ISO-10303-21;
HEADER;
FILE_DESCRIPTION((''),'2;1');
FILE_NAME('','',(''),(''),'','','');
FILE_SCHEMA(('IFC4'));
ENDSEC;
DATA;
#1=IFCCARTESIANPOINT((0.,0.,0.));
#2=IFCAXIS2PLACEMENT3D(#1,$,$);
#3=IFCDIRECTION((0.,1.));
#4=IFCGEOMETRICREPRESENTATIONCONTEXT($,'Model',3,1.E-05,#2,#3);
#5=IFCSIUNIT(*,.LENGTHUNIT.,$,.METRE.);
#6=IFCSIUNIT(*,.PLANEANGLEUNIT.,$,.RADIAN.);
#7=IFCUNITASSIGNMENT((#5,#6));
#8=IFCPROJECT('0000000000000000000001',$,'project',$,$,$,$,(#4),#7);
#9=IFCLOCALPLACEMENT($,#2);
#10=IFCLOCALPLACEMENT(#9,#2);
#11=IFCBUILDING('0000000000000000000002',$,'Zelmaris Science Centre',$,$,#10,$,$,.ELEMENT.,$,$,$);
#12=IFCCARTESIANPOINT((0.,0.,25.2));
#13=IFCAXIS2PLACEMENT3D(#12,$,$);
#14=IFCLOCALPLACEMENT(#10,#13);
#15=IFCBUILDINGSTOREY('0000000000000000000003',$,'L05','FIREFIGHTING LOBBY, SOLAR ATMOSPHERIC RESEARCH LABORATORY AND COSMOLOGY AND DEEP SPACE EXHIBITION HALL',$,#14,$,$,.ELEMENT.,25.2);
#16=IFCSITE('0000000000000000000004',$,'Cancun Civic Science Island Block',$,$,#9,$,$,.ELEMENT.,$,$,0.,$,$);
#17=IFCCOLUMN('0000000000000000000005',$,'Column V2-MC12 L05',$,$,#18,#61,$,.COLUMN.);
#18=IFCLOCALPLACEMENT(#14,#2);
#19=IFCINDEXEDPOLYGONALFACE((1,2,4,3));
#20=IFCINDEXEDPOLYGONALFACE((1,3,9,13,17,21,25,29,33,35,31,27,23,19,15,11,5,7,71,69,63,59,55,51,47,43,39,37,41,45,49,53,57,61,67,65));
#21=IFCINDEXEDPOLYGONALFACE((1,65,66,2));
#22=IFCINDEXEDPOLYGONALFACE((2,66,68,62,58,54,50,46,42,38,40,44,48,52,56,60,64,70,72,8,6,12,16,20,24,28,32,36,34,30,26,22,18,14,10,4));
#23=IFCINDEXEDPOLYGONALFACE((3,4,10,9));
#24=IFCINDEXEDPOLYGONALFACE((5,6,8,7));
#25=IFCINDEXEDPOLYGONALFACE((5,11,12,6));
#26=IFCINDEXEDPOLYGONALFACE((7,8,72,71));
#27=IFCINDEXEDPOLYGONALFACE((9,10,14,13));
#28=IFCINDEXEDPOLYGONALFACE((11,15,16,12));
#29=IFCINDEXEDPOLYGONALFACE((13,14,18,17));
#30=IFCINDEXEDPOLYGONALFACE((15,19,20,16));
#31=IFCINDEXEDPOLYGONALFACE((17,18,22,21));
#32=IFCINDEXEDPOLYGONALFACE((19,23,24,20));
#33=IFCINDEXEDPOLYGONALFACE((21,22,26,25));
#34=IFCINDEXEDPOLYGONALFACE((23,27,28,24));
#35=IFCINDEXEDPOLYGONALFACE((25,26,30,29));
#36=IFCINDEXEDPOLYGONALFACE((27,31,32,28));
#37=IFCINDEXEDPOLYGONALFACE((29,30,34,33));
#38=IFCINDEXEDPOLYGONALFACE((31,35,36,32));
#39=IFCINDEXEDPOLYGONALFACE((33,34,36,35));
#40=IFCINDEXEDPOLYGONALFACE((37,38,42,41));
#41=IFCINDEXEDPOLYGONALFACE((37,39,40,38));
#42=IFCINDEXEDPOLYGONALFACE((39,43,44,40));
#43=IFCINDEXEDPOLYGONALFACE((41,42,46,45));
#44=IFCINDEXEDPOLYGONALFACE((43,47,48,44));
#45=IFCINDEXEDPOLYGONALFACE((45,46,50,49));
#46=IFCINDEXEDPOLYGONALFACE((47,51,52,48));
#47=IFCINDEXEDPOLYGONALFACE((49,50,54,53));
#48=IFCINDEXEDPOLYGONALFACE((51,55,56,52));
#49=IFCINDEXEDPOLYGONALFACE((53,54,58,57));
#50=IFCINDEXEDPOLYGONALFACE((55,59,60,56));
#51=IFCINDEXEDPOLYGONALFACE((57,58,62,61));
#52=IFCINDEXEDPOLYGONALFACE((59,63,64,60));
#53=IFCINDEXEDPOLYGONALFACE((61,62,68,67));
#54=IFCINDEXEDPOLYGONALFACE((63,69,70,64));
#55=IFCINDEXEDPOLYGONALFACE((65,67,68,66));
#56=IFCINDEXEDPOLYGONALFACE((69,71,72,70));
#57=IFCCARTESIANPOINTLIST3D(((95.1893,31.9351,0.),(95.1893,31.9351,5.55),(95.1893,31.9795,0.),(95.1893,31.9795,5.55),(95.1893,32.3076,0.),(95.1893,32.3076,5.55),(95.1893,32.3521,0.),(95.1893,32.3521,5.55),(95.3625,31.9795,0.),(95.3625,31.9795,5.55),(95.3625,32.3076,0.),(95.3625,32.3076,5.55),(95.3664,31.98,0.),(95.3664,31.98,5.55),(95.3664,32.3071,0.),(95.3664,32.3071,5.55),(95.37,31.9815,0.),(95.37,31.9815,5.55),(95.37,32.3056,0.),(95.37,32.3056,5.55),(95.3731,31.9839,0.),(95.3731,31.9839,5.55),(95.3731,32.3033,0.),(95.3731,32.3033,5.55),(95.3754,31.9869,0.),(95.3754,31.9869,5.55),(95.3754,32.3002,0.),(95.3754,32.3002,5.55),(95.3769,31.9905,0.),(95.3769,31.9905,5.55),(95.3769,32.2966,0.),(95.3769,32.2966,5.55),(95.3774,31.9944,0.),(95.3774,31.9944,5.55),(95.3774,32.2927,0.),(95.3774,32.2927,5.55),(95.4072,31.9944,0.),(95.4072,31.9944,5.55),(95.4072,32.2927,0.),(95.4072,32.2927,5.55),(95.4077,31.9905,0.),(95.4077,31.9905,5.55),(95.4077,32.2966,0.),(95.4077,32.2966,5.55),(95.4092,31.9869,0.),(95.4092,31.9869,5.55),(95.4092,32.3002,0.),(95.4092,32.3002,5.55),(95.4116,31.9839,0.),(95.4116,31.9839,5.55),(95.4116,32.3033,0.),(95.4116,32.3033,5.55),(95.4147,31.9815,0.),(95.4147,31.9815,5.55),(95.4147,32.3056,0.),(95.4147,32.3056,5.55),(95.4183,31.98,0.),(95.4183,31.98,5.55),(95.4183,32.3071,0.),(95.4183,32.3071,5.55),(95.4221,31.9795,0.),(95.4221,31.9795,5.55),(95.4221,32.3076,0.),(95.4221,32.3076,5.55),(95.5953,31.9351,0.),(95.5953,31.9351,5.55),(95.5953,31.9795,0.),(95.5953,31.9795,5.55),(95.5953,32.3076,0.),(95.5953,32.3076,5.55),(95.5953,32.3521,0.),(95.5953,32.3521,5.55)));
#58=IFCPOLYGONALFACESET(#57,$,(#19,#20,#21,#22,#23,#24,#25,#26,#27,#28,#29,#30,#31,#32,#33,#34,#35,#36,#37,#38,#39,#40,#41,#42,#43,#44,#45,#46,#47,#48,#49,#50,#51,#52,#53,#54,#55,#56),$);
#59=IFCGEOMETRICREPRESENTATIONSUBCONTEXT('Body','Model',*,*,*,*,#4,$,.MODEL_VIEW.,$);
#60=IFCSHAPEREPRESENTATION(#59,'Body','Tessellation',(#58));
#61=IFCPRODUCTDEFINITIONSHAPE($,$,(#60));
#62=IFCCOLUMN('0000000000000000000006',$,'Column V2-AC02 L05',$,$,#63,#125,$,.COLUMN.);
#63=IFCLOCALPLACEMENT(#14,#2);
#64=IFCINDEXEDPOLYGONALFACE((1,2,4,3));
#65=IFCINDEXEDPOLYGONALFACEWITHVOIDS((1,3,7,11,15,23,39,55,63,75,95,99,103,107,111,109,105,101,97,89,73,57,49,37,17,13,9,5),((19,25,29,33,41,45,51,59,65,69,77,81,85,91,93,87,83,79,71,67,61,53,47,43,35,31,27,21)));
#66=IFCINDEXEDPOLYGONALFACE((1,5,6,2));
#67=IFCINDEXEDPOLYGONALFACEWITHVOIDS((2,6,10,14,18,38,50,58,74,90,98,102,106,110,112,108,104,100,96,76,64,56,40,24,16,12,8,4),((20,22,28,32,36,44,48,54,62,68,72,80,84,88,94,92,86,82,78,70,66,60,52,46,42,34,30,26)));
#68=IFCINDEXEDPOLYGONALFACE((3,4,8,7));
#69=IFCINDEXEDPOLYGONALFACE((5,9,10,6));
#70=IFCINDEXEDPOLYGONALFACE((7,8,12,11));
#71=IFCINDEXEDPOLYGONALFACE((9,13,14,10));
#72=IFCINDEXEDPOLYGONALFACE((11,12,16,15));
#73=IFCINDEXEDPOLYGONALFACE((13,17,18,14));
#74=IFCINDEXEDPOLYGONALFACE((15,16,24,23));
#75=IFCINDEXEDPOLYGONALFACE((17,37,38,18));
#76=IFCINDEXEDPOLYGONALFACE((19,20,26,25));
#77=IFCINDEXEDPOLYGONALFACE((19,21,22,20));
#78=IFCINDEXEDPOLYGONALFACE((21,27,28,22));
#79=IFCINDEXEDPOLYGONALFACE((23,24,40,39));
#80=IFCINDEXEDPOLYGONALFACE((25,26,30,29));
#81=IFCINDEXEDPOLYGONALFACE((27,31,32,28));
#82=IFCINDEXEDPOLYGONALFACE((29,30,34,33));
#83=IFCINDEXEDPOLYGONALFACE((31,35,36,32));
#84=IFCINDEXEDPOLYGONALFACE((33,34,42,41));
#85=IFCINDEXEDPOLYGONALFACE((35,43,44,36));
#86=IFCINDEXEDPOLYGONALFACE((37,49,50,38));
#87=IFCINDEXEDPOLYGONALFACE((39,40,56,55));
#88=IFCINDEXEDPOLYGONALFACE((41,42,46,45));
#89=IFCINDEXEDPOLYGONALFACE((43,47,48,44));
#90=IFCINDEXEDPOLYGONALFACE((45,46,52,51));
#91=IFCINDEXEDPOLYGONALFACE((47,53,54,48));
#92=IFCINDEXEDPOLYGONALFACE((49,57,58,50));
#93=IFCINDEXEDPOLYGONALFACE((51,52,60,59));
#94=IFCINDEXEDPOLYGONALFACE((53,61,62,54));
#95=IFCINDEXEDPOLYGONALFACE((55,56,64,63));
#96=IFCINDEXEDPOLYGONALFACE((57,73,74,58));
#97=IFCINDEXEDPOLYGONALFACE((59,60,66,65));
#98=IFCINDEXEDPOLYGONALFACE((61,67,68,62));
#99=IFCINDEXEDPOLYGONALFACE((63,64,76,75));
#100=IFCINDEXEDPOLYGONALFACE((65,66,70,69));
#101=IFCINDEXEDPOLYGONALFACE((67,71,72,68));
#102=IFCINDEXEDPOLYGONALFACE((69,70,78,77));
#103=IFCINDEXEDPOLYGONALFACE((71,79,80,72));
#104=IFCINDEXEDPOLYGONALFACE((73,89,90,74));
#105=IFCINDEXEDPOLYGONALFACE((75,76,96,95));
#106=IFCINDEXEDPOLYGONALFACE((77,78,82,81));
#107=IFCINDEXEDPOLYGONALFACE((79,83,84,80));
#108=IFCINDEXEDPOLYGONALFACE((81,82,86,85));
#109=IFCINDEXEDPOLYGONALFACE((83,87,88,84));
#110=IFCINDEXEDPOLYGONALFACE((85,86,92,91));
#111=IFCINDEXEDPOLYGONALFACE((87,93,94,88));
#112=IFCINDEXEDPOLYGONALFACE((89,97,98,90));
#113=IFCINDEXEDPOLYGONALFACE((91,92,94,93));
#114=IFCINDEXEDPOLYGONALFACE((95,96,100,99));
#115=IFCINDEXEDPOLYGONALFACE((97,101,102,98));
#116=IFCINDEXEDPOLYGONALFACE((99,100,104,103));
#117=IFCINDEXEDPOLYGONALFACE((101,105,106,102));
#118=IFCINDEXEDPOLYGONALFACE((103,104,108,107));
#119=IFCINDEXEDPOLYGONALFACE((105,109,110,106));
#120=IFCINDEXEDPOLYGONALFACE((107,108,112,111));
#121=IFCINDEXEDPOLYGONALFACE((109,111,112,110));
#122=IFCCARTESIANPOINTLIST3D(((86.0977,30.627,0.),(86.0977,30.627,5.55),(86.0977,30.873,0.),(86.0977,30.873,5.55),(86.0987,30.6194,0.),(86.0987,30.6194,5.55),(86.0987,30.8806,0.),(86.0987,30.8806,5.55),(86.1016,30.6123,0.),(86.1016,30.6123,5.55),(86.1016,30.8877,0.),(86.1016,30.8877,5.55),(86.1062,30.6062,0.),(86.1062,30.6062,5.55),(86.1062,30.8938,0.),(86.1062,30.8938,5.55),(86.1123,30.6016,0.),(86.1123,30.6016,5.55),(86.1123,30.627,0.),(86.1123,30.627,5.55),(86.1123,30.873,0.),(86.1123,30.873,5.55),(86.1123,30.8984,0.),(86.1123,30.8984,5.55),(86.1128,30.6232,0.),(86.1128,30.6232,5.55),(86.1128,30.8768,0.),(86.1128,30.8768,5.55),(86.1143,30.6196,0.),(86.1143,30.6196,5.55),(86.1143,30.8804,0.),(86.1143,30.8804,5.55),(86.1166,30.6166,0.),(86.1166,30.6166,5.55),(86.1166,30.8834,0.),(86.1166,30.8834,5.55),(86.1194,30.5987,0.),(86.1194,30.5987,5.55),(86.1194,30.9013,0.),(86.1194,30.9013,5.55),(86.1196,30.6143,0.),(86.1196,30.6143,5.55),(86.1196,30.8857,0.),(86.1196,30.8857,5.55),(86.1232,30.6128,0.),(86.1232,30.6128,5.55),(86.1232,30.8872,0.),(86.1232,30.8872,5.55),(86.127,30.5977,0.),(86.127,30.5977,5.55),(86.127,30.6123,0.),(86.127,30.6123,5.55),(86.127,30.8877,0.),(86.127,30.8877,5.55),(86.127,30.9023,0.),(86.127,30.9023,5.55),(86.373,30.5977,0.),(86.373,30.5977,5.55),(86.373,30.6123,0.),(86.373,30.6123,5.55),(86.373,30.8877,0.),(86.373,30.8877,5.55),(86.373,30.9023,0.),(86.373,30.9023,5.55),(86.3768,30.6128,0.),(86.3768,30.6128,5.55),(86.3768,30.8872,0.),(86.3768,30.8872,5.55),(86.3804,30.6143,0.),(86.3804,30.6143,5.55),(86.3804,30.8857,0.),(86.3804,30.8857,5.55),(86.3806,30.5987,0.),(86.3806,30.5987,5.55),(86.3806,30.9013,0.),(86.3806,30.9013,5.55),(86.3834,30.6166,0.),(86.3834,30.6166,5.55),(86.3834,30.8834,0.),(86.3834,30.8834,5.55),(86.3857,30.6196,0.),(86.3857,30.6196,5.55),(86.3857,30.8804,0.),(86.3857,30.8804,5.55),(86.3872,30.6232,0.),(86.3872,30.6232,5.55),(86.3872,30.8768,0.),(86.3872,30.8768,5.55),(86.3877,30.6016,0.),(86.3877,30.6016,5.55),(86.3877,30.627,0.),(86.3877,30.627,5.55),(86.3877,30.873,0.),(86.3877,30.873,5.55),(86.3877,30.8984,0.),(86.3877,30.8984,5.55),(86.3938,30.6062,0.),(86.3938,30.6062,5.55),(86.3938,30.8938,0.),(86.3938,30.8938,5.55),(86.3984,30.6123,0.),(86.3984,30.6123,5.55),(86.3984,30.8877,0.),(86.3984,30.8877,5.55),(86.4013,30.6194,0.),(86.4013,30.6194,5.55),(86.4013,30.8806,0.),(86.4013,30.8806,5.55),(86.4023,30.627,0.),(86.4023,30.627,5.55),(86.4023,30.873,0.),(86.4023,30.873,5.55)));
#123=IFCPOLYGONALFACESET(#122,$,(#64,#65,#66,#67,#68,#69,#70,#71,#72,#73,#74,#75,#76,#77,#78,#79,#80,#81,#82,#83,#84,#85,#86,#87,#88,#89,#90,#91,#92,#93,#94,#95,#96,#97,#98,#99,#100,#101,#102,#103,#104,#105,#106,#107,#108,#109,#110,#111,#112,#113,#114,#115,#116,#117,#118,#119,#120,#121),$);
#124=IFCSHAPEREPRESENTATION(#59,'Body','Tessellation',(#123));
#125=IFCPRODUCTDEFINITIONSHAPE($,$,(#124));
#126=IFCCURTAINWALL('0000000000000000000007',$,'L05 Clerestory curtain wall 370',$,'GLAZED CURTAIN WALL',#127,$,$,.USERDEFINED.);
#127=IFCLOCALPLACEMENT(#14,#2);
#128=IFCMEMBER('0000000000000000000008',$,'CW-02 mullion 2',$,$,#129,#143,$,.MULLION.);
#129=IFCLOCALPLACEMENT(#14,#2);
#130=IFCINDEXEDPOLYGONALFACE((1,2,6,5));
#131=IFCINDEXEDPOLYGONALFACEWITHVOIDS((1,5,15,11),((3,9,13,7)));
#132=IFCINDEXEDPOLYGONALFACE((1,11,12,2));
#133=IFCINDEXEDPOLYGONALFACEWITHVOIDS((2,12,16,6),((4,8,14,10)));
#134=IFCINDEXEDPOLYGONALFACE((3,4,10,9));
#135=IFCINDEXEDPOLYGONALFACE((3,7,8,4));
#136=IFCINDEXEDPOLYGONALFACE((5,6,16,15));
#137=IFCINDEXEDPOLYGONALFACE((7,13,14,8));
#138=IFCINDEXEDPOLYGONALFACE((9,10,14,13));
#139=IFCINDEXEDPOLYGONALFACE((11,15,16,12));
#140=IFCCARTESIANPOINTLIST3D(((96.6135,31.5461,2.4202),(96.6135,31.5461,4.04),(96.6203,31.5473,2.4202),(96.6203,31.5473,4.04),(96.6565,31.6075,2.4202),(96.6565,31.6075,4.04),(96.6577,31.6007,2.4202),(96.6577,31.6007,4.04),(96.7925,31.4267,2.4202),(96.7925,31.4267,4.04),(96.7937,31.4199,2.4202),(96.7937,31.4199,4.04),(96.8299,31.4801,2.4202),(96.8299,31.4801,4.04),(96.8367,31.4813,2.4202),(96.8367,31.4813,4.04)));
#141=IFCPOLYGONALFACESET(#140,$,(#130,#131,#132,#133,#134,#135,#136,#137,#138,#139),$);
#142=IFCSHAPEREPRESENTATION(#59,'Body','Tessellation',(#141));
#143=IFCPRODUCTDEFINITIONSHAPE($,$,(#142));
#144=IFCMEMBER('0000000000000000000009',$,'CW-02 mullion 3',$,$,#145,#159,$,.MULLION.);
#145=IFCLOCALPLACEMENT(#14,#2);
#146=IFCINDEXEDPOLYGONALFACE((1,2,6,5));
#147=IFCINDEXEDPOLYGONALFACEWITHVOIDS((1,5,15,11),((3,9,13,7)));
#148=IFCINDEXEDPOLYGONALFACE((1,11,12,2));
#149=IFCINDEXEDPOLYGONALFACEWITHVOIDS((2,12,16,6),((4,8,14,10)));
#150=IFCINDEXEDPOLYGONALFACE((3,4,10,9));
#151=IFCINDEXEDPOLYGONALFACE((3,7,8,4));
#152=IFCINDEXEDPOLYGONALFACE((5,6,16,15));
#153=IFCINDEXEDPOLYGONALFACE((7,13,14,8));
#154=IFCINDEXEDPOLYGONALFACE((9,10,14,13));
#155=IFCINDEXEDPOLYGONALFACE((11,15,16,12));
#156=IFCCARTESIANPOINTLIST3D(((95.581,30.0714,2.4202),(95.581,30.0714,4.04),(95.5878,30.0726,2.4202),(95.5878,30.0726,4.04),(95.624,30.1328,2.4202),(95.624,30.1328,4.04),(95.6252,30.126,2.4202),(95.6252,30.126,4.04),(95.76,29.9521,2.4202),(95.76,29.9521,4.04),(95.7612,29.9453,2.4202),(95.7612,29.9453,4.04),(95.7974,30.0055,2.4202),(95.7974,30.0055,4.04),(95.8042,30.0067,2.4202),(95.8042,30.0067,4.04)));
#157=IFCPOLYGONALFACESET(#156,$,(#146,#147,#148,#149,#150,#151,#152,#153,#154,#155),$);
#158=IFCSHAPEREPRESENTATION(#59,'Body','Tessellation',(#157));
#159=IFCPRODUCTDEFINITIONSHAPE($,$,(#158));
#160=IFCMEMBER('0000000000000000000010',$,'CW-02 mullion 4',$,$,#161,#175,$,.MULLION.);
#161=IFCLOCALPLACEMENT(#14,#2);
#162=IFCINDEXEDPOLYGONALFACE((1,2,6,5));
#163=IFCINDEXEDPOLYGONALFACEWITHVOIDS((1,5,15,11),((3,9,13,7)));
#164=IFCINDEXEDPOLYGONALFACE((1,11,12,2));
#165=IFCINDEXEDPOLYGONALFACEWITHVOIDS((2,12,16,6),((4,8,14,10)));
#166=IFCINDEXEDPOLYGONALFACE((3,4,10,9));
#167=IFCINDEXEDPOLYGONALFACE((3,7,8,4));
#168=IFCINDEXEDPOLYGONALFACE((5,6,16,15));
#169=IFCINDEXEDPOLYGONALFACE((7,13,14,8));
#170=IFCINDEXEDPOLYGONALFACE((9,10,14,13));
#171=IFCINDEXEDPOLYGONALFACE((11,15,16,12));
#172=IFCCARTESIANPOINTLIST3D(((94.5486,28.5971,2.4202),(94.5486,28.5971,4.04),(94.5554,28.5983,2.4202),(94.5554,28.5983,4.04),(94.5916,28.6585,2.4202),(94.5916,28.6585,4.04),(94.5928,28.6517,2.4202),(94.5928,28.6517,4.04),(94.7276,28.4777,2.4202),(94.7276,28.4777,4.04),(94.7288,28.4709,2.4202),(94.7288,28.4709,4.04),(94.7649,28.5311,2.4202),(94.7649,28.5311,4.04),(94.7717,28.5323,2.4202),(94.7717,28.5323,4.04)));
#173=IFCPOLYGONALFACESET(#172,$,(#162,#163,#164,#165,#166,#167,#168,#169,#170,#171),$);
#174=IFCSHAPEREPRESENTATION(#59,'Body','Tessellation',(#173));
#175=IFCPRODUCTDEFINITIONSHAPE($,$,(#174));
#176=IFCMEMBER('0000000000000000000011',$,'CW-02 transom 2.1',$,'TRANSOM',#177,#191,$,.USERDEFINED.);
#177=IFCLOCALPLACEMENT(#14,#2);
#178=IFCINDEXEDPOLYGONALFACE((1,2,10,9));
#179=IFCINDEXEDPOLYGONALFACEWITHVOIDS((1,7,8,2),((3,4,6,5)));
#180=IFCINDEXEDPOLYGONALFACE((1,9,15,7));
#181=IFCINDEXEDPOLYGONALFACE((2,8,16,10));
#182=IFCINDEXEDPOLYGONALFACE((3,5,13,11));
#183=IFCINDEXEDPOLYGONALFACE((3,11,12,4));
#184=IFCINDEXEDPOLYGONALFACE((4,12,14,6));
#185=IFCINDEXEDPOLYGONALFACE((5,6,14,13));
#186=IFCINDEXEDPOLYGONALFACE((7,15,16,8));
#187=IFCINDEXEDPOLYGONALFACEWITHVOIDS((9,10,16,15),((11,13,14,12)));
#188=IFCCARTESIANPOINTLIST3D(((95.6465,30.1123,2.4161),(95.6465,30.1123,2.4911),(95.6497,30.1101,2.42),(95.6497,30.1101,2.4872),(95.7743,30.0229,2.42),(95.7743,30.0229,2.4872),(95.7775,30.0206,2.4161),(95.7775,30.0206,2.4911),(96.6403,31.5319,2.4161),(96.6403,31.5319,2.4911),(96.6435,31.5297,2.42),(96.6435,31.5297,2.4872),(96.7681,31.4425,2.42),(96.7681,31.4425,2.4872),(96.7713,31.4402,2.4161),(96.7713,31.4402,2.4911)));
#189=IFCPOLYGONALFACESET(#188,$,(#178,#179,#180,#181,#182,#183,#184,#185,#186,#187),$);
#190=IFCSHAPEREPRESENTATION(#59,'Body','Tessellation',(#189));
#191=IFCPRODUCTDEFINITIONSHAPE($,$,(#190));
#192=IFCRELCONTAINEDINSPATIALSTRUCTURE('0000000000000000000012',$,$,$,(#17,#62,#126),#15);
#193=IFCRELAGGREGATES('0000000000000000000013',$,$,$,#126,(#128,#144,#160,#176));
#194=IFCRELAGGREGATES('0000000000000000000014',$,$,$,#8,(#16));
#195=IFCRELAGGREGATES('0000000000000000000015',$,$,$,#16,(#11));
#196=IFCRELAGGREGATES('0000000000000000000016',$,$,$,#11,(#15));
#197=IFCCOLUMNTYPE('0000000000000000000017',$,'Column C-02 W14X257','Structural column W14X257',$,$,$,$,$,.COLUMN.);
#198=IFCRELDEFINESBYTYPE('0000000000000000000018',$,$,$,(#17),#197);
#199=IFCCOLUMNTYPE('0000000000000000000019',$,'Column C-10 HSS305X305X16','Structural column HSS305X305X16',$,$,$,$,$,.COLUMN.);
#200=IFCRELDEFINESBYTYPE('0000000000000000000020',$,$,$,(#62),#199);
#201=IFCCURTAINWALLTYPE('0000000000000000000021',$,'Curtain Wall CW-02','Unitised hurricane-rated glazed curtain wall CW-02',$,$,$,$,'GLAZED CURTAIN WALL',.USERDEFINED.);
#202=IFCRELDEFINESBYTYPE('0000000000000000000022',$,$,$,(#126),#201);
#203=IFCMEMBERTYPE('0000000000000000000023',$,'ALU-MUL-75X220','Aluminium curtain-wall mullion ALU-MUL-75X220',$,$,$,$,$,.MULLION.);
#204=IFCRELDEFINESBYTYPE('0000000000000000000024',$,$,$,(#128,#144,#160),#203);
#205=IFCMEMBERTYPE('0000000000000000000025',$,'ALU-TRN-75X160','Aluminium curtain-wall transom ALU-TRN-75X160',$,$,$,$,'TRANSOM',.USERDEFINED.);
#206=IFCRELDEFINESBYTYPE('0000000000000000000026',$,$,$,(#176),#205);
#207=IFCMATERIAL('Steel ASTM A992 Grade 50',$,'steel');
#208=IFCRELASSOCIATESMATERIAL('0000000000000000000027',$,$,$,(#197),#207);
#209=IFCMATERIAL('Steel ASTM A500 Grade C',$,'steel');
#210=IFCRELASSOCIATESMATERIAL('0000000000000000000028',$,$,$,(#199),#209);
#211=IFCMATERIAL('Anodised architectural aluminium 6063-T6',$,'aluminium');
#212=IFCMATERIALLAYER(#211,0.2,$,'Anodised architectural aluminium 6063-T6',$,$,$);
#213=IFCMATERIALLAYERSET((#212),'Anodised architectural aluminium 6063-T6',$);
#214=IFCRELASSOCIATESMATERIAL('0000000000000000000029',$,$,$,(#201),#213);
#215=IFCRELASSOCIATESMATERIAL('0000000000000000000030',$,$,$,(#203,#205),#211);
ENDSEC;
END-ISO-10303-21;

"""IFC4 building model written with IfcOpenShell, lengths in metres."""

from ifc_helpers import new_model, si_unit, direction, frame, origin, origin_2d, place, context, subcontext, project, spatial, hollow_rectangle, i_section, extrude, material, layer, layer_set, material_profile, profile_set, type_object, element, aggregate, save


model = new_model("IFC4")

# Units and contexts
model_context = context("Model", 3, precision=1e-05, world=origin(), true_north=direction((0.0, 1.0)))
body_context = subcontext(model_context, "Body", "Model", "MODEL_VIEW")
ifc_project = project(units=[si_unit("LENGTHUNIT", "METRE"), si_unit("PLANEANGLEUNIT", "RADIAN")], contexts=[model_context])

# Site, building, storey
site_placement = place(None, origin())
site = spatial("IfcSite", under=ifc_project, at=site_placement, Name="Cancun Civic Science Island Block", CompositionType="ELEMENT", RefElevation=0.0)
building_placement = place(site_placement, origin())
building = spatial("IfcBuilding", under=site, at=building_placement, Name="Zelmaris Science Centre", CompositionType="ELEMENT")
storey_placement = place(building_placement, frame((0.0, 0.0, 25.2)))
storey = spatial("IfcBuildingStorey", under=building, at=storey_placement, Name="L05", Description="FIREFIGHTING LOBBY, SOLAR ATMOSPHERIC RESEARCH LABORATORY AND COSMOLOGY AND DEEP SPACE EXHIBITION HALL", CompositionType="ELEMENT", Elevation=25.2)

# Columns
ifc_material_1 = material(Name="Steel ASTM A992 Grade 50", Category="steel")
ifc_material_profile_1 = material_profile(ifc_material_1, i_section(OverallWidth=0.406, OverallDepth=0.417, WebThickness=0.0298, FlangeThickness=0.0444, FilletRadius=0.0149, at=origin_2d()), Name="W14X257")
ifc_profile_set_1 = profile_set([ifc_material_profile_1], Name="Steel ASTM A992 Grade 50")
column_type_1 = type_object("IfcColumnType", Name="Column C-02 W14X257", Description="Structural column W14X257", PredefinedType="COLUMN", material=ifc_profile_set_1)
column_1_placement = place(storey_placement, frame((95.3923, 32.1436, 0.0), z_axis=(0.0, 0.0, 1.0), x_axis=(1.0, 0.0, 0.0)))
element("IfcColumn", 1, at=column_1_placement, inside=storey, type_object=column_type_1, Name="Column V2-MC12 L05", PredefinedType="COLUMN", context=body_context, shape_type="SweptSolid", body=[
    extrude(i_section(OverallWidth=0.406, OverallDepth=0.417, WebThickness=0.0298, FlangeThickness=0.0444, FilletRadius=0.0149, at=origin_2d()), origin(), (0.0, 0.0, 1.0), 5.55),
])
ifc_material_2 = material(Name="Steel ASTM A500 Grade C", Category="steel")
ifc_material_profile_2 = material_profile(ifc_material_2, hollow_rectangle(XDim=0.3047, YDim=0.3047, WallThickness=0.0146, InnerFilletRadius=0.0146, OuterFilletRadius=0.0293, at=origin_2d()), Name="HSS305X305X16")
ifc_profile_set_2 = profile_set([ifc_material_profile_2], Name="Steel ASTM A500 Grade C")
column_type_2 = type_object("IfcColumnType", Name="Column C-10 HSS305X305X16", Description="Structural column HSS305X305X16", PredefinedType="COLUMN", material=ifc_profile_set_2)
column_2_placement = place(storey_placement, frame((86.25, 30.75, 0.0), z_axis=(0.0, 0.0, 1.0), x_axis=(1.0, 0.0, 0.0)))
element("IfcColumn", 2, at=column_2_placement, inside=storey, type_object=column_type_2, Name="Column V2-AC02 L05", PredefinedType="COLUMN", context=body_context, shape_type="SweptSolid", body=[
    extrude(hollow_rectangle(XDim=0.3047, YDim=0.3047, WallThickness=0.0146, InnerFilletRadius=0.0146, OuterFilletRadius=0.0293, at=origin_2d()), origin(), (0.0, 0.0, 1.0), 5.55),
])

# Curtain wall, members
ifc_material_3 = material(Name="Anodised architectural aluminium 6063-T6", Category="aluminium")
ifc_layer_1 = layer(ifc_material_3, 0.2, Name="Anodised architectural aluminium 6063-T6")
ifc_layer_set_1 = layer_set([ifc_layer_1], Name="Anodised architectural aluminium 6063-T6")
curtain_wall_type = type_object("IfcCurtainWallType", Name="Curtain Wall CW-02", Description="Unitised hurricane-rated glazed curtain wall CW-02", ElementType="GLAZED CURTAIN WALL", PredefinedType="USERDEFINED", material=ifc_layer_set_1)
curtain_wall_placement = place(storey_placement, origin())
curtain_wall = element("IfcCurtainWall", 3, at=curtain_wall_placement, inside=storey, type_object=curtain_wall_type, Name="L05 Clerestory curtain wall 370", ObjectType="GLAZED CURTAIN WALL", PredefinedType="USERDEFINED")
ifc_material_profile_3 = material_profile(ifc_material_3, hollow_rectangle(XDim=0.075, YDim=0.22, WallThickness=0.0049, at=origin_2d()), Name="ALU-MUL-75X220")
ifc_profile_set_3 = profile_set([ifc_material_profile_3], Name="Anodised architectural aluminium 6063-T6")
member_type_1 = type_object("IfcMemberType", Name="ALU-MUL-75X220", Description="Aluminium curtain-wall mullion ALU-MUL-75X220", PredefinedType="MULLION", material=ifc_profile_set_3)
member_1_placement = place(storey_placement, frame((96.7251, 31.5137, 2.4202), z_axis=(0.0, 0.0, 1.0), x_axis=(-0.573575, -0.819153, 0.0)))
member_1 = element("IfcMember", 4, at=member_1_placement, type_object=member_type_1, Name="CW-02 mullion 2", PredefinedType="MULLION", context=body_context, shape_type="SweptSolid", body=[
    extrude(hollow_rectangle(XDim=0.075, YDim=0.22, WallThickness=0.0049, at=origin_2d()), origin(), (0.0, 0.0, 1.0), 1.6199),
])
member_2_placement = place(storey_placement, frame((95.6926, 30.0391, 2.4202), z_axis=(0.0, 0.0, 1.0), x_axis=(-0.573575, -0.819153, 0.0)))
member_2 = element("IfcMember", 5, at=member_2_placement, type_object=member_type_1, Name="CW-02 mullion 3", PredefinedType="MULLION", context=body_context, shape_type="SweptSolid", body=[
    extrude(hollow_rectangle(XDim=0.075, YDim=0.22, WallThickness=0.0049, at=origin_2d()), origin(), (0.0, 0.0, 1.0), 1.6199),
])
member_3_placement = place(storey_placement, frame((94.6602, 28.5647, 2.4202), z_axis=(0.0, 0.0, 1.0), x_axis=(-0.573575, -0.819153, 0.0)))
member_3 = element("IfcMember", 6, at=member_3_placement, type_object=member_type_1, Name="CW-02 mullion 4", PredefinedType="MULLION", context=body_context, shape_type="SweptSolid", body=[
    extrude(hollow_rectangle(XDim=0.075, YDim=0.22, WallThickness=0.0049, at=origin_2d()), origin(), (0.0, 0.0, 1.0), 1.6199),
])
ifc_material_profile_4 = material_profile(ifc_material_3, hollow_rectangle(XDim=0.075, YDim=0.1599, WallThickness=0.0039, at=origin_2d()), Name="ALU-TRN-75X160")
ifc_profile_set_4 = profile_set([ifc_material_profile_4], Name="Anodised architectural aluminium 6063-T6")
member_type_2 = type_object("IfcMemberType", Name="ALU-TRN-75X160", Description="Aluminium curtain-wall transom ALU-TRN-75X160", ElementType="TRANSOM", PredefinedType="USERDEFINED", material=ifc_profile_set_4)
member_4_placement = place(storey_placement, frame((96.7058, 31.4861, 2.4536), z_axis=(-0.57351, -0.819199, 0.0), x_axis=(0.0, 0.0, 1.0)))
member_4 = element("IfcMember", 7, at=member_4_placement, type_object=member_type_2, Name="CW-02 transom 2.1", ObjectType="TRANSOM", PredefinedType="USERDEFINED", context=body_context, shape_type="SweptSolid", body=[
    extrude(hollow_rectangle(XDim=0.075, YDim=0.1599, WallThickness=0.0039, at=origin_2d()), origin(), (0.0, 0.0, 1.0), 1.7329),
])

aggregate(curtain_wall, [member_1, member_2, member_3, member_4])

save(model, "model.ifc")
